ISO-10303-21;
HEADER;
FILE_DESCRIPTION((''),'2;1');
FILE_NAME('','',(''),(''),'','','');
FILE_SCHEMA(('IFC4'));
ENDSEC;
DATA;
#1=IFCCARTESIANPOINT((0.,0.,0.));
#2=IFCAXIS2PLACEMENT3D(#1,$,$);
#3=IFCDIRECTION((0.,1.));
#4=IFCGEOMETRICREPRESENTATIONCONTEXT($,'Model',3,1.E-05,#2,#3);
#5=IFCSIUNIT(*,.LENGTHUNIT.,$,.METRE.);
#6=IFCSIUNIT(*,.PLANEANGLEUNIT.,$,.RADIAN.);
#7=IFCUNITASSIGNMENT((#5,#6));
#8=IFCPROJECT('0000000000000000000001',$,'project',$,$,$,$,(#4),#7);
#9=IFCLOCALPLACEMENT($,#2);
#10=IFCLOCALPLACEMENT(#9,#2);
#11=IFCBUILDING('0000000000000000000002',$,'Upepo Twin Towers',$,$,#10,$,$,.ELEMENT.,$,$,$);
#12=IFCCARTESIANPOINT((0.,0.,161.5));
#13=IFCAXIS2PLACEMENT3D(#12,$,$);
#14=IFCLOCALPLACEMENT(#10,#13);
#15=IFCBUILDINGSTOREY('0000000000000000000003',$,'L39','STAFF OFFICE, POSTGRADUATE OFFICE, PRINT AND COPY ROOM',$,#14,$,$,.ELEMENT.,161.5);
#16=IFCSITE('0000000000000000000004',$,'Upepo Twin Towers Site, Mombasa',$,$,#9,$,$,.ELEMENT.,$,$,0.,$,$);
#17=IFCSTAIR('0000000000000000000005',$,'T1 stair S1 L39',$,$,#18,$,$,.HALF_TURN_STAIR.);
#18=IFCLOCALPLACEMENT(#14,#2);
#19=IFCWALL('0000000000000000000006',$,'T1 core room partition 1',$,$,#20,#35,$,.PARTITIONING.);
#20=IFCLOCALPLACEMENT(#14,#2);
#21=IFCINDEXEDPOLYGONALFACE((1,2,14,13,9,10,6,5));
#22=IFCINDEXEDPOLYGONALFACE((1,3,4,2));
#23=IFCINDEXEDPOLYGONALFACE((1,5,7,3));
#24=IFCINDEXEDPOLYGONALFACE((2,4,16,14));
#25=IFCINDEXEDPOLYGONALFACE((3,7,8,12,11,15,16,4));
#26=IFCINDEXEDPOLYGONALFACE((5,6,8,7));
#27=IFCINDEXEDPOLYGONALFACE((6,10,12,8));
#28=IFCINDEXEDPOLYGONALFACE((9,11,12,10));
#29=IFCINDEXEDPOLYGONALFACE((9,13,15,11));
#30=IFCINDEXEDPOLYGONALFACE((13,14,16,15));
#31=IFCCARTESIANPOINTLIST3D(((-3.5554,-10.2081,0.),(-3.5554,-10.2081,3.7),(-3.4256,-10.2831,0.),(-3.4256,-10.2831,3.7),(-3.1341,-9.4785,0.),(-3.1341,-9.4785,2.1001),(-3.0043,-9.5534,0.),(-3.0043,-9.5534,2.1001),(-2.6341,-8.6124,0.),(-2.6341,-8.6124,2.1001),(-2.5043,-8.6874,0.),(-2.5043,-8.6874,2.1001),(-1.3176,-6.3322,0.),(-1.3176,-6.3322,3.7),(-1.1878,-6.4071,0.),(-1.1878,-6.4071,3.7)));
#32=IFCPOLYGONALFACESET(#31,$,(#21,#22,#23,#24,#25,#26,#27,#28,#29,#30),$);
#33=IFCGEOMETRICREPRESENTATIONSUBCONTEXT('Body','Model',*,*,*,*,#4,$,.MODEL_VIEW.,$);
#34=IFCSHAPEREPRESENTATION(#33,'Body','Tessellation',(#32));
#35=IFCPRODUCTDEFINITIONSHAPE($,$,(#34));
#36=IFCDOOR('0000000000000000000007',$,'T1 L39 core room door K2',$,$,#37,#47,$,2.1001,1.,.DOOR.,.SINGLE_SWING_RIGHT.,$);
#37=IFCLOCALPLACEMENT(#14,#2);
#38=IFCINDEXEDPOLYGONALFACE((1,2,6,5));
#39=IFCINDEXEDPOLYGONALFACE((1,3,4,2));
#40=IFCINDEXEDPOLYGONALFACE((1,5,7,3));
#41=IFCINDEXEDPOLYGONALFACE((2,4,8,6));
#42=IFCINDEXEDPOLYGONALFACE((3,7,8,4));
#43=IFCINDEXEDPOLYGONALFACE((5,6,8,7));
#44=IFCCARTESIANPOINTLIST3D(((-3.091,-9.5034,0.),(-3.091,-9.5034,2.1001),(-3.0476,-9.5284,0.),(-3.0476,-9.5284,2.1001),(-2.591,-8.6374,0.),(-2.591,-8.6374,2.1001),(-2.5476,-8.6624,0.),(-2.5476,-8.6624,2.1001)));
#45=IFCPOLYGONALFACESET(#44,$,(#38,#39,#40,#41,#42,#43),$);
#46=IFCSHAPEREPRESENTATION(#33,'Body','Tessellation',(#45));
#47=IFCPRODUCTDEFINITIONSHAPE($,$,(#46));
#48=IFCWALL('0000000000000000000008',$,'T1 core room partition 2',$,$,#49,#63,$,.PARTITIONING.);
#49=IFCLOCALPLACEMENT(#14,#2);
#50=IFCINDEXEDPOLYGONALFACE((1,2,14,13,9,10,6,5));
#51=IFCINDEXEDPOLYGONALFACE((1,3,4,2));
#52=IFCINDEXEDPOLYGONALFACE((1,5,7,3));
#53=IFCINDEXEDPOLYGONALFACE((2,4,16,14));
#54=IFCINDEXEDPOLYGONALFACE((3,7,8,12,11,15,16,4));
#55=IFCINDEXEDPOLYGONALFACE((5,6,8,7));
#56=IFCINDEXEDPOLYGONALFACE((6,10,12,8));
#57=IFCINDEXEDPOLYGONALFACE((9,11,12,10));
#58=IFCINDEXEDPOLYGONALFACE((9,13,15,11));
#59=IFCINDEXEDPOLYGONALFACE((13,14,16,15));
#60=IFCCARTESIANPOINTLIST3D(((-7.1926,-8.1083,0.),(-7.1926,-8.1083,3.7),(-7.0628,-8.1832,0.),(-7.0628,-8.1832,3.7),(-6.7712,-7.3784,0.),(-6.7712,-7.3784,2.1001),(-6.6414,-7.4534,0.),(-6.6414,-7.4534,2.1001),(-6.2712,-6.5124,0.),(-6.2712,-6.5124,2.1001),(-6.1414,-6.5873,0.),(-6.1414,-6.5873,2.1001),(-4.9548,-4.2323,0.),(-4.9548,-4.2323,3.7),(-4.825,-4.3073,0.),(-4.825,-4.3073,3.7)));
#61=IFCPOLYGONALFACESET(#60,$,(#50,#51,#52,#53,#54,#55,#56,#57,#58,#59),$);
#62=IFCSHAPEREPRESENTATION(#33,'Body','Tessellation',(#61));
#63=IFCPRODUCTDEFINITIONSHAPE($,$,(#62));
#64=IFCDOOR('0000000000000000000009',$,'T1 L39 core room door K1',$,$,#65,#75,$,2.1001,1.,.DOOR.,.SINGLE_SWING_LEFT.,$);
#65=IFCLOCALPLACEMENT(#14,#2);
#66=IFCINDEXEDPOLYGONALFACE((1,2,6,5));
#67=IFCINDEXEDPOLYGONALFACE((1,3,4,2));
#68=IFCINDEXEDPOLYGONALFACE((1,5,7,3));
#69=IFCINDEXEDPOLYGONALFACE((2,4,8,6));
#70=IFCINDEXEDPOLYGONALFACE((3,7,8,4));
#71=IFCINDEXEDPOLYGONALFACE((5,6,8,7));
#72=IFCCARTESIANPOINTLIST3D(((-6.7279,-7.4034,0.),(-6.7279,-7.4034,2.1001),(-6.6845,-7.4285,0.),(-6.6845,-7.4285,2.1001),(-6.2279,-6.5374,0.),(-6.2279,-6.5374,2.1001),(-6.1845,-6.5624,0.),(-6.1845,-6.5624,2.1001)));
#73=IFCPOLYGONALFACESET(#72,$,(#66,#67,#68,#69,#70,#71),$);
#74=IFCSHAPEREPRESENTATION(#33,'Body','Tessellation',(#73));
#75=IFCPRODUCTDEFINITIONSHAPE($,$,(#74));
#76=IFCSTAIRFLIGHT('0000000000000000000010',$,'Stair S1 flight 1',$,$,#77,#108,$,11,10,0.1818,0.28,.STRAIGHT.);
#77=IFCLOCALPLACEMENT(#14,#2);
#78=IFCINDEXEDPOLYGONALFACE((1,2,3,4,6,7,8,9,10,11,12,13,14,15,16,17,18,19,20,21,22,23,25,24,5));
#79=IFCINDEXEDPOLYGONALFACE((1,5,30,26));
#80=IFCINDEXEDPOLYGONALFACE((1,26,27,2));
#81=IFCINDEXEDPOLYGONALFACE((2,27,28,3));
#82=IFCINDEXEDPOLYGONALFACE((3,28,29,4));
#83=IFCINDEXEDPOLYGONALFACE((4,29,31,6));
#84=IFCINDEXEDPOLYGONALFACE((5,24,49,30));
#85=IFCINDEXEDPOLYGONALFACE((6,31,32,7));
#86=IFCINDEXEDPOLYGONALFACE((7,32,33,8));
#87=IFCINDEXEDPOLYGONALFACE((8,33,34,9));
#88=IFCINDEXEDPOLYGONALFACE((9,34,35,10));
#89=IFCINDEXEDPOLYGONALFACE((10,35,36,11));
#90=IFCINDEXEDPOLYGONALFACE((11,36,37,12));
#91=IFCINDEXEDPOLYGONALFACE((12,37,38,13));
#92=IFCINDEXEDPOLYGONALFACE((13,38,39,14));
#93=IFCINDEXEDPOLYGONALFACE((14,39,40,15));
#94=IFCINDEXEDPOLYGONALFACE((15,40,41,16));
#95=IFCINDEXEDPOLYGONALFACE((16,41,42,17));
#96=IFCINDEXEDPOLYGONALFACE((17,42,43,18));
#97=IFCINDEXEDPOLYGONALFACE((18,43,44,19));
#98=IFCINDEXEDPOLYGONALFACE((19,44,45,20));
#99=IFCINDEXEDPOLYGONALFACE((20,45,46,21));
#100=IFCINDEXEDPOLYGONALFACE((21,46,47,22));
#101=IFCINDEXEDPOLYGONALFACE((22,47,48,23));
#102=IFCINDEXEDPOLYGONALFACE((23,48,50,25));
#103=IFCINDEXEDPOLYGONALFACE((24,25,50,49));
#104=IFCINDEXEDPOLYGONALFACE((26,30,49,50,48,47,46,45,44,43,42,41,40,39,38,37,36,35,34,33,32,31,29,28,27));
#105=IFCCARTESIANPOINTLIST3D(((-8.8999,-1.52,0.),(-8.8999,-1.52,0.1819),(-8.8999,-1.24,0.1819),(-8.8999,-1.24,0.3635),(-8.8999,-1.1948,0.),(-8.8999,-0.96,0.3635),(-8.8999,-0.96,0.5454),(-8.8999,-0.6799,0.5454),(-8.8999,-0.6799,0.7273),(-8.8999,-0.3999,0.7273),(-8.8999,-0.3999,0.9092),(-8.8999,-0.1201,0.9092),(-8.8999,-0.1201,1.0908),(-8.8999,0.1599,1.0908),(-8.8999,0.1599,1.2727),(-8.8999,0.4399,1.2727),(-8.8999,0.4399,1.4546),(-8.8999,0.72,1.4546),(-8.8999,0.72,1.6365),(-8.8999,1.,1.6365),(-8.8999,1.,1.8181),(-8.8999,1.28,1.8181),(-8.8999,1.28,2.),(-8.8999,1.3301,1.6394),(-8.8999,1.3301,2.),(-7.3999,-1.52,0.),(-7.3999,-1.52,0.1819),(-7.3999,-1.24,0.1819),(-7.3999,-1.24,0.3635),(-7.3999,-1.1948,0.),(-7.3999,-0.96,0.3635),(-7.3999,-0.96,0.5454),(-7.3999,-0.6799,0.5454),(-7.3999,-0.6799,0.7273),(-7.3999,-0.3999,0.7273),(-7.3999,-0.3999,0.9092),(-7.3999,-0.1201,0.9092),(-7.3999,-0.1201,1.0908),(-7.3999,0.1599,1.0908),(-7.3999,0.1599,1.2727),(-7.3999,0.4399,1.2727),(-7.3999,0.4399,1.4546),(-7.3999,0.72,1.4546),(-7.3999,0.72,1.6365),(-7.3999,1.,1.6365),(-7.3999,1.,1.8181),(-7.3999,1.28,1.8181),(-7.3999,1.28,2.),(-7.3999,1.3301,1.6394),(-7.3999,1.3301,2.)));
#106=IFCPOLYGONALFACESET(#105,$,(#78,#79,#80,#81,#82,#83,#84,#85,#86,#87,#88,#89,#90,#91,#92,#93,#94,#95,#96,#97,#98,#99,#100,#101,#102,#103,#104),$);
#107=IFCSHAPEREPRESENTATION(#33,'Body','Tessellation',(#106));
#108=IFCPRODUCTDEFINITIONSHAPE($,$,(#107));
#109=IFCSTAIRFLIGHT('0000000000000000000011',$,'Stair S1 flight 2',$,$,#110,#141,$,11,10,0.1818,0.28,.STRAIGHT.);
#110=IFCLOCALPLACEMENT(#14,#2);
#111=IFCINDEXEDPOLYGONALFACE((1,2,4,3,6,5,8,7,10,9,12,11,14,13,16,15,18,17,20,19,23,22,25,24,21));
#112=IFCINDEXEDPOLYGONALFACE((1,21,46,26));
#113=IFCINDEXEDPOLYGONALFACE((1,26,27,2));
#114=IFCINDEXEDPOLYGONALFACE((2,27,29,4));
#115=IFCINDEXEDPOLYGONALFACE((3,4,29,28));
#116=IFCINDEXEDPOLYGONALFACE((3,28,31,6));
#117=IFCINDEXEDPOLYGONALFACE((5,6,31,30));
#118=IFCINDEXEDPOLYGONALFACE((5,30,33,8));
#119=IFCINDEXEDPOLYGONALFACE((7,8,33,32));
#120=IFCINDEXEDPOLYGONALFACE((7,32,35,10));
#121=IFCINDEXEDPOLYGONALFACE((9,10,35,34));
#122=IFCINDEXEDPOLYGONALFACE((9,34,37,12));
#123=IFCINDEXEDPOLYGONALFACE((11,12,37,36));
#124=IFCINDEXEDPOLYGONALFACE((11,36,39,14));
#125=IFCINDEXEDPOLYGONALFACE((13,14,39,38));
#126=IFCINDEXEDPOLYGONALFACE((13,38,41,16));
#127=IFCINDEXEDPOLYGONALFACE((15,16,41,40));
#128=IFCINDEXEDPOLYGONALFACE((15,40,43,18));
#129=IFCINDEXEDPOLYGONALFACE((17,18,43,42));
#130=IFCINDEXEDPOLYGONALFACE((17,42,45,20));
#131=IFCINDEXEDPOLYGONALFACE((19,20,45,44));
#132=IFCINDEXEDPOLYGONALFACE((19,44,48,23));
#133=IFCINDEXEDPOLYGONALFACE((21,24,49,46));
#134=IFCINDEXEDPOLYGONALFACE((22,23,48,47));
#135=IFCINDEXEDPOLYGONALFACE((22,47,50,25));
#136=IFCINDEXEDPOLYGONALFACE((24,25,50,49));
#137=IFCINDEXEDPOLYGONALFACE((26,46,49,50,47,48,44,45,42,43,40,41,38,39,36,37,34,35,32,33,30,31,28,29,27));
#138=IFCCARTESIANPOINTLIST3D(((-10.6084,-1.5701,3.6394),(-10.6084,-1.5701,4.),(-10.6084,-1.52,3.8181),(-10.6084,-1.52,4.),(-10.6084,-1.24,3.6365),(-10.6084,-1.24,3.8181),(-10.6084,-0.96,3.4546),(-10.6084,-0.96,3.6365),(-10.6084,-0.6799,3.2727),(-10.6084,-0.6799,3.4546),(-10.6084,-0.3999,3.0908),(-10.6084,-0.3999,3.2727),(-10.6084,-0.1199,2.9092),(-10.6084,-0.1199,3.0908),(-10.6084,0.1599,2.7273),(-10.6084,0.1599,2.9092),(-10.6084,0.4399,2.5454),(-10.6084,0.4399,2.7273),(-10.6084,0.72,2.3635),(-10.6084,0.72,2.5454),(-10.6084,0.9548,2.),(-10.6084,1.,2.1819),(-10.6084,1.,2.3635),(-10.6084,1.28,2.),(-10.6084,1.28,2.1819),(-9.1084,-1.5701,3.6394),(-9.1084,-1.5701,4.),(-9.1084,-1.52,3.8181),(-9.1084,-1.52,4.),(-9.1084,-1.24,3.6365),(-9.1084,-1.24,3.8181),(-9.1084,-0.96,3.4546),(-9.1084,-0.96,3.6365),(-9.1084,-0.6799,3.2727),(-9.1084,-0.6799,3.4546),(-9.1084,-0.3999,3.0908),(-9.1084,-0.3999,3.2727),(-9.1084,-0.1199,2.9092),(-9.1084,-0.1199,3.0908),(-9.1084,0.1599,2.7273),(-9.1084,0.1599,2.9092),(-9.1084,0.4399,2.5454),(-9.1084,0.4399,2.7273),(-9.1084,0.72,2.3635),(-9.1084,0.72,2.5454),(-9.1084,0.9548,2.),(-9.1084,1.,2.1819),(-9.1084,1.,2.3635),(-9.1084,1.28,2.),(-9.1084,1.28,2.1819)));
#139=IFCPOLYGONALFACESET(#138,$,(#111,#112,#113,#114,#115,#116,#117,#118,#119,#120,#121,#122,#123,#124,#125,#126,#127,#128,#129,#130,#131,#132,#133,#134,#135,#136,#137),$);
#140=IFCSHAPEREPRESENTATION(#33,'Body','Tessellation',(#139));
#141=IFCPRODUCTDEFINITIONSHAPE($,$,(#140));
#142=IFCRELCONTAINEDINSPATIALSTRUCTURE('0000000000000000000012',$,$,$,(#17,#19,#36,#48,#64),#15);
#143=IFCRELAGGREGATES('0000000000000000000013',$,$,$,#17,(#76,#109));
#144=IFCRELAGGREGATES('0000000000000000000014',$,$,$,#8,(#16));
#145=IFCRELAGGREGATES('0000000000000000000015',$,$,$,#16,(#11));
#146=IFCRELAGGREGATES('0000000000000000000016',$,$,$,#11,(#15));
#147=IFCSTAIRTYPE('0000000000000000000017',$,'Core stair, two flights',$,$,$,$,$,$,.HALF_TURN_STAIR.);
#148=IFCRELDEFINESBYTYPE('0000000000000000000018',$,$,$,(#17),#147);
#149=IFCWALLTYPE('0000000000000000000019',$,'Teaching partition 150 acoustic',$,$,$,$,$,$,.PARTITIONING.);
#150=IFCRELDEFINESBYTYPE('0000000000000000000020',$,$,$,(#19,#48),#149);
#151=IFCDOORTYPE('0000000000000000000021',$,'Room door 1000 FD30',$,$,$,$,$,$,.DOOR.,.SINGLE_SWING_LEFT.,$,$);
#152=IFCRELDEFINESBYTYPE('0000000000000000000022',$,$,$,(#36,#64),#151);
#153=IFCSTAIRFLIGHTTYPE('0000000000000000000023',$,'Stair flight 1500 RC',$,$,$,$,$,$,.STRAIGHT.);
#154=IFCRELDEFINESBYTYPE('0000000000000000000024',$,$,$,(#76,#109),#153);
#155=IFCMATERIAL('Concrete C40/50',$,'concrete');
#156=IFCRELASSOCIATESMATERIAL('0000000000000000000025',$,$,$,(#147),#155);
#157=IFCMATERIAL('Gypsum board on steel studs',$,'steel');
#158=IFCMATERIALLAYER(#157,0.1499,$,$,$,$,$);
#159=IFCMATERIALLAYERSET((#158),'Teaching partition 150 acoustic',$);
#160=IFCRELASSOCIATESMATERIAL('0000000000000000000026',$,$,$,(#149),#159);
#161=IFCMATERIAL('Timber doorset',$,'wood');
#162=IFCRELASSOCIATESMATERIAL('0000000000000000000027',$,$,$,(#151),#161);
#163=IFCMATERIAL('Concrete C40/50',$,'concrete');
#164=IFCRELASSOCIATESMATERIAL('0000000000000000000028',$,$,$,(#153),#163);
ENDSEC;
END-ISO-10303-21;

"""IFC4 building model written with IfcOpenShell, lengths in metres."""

from ifc_helpers import new_model, si_unit, direction, frame, frame_2d, origin, place, context, subcontext, project, spatial, polyline, rectangle, outline, extrude, material, layer, layer_set, type_object, element, fill, aggregate, save


model = new_model("IFC4")

# Units and contexts
model_context = context("Model", 3, precision=1e-05, world=origin(), true_north=direction((0.0, 1.0)))
body_context = subcontext(model_context, "Body", "Model", "MODEL_VIEW")
ifc_project = project(units=[si_unit("LENGTHUNIT", "METRE"), si_unit("PLANEANGLEUNIT", "RADIAN")], contexts=[model_context])

# Site, building, storey
site_placement = place(None, origin())
site = spatial("IfcSite", under=ifc_project, at=site_placement, Name="Upepo Twin Towers Site, Mombasa", CompositionType="ELEMENT", RefElevation=0.0)
building_placement = place(site_placement, origin())
building = spatial("IfcBuilding", under=site, at=building_placement, Name="Upepo Twin Towers", CompositionType="ELEMENT")
storey_placement = place(building_placement, frame((0.0, 0.0, 161.5)))
storey = spatial("IfcBuildingStorey", under=building, at=storey_placement, Name="L39", Description="STAFF OFFICE, POSTGRADUATE OFFICE, PRINT AND COPY ROOM", CompositionType="ELEMENT", Elevation=161.5)

# Stair
ifc_material_1 = material(Name="Concrete C40/50", Category="concrete")
stair_type = type_object("IfcStairType", Name="Core stair, two flights", PredefinedType="HALF_TURN_STAIR", material=ifc_material_1)
stair_placement = place(storey_placement, origin())
stair = element("IfcStair", 1, at=stair_placement, inside=storey, type_object=stair_type, Name="T1 stair S1 L39", PredefinedType="HALF_TURN_STAIR")

# Walls, openings, doors
ifc_material_2 = material(Name="Gypsum board on steel studs", Category="steel")
ifc_layer_1 = layer(ifc_material_2, 0.1499)
ifc_layer_set_1 = layer_set([ifc_layer_1], Name="Teaching partition 150 acoustic")
wall_type_1 = type_object("IfcWallType", Name="Teaching partition 150 acoustic", PredefinedType="PARTITIONING", material=ifc_layer_set_1)
wall_1_placement = place(storey_placement, frame((-1.2527, -6.3696, 0.0), z_axis=(0.0, 0.0, 1.0), x_axis=(-0.499999, -0.866026, 0.0)))
wall_1 = element("IfcWall", 2, at=wall_1_placement, inside=storey, type_object=wall_type_1, Name="T1 core room partition 1", PredefinedType="PARTITIONING", context=body_context, shape_type="SweptSolid", body=[
    extrude(rectangle(XDim=4.4756, YDim=0.1499, at=frame_2d((2.2378, 0.0))), origin(), (0.0, 0.0, 1.0), 3.7),
])
opening_1_placement = place(wall_1_placement, frame((2.6331, 0.0, 0.0)))
opening_1 = element("IfcOpeningElement", 3, at=opening_1_placement, cuts=wall_1, PredefinedType="OPENING", context=body_context, shape_type="SweptSolid", body=[
    extrude(rectangle(XDim=1.0, YDim=2.1001, at=frame_2d((0.5, 1.05))), frame((0.0, 0.085, 0.0), z_axis=(0.0, -1.0, 0.0), x_axis=(1.0, 0.0, 0.0)), (0.0, 0.0, 1.0), 0.1699),
])
ifc_material_3 = material(Name="Timber doorset", Category="wood")
door_type_1 = type_object("IfcDoorType", Name="Room door 1000 FD30", OperationType="SINGLE_SWING_LEFT", PredefinedType="DOOR", material=ifc_material_3)
door_1_placement = place(opening_1_placement, origin())
door_1 = element("IfcDoor", 4, at=door_1_placement, inside=storey, type_object=door_type_1, Name="T1 L39 core room door K2", OperationType="SINGLE_SWING_RIGHT", OverallHeight=2.1001, OverallWidth=1.0, PredefinedType="DOOR", context=body_context, shape_type="SweptSolid", body=[
    extrude(rectangle(XDim=1.0, YDim=2.1001, at=frame_2d((0.5, 1.05))), frame((0.0, 0.0249, 0.0), z_axis=(0.0, -1.0, 0.0), x_axis=(1.0, 0.0, 0.0)), (0.0, 0.0, 1.0), 0.05),
])
fill(opening_1, door_1)
wall_2_placement = place(storey_placement, frame((-7.1277, -8.1458, 0.0), z_axis=(0.0, 0.0, 1.0), x_axis=(0.499999, 0.866026, 0.0)))
wall_2 = element("IfcWall", 5, at=wall_2_placement, inside=storey, type_object=wall_type_1, Name="T1 core room partition 2", PredefinedType="PARTITIONING", context=body_context, shape_type="SweptSolid", body=[
    extrude(rectangle(XDim=4.4756, YDim=0.1499, at=frame_2d((2.2378, 0.0))), origin(), (0.0, 0.0, 1.0), 3.7),
])
opening_2_placement = place(wall_2_placement, frame((0.8428, 0.0, 0.0)))
opening_2 = element("IfcOpeningElement", 6, at=opening_2_placement, cuts=wall_2, PredefinedType="OPENING", context=body_context, shape_type="SweptSolid", body=[
    extrude(rectangle(XDim=1.0, YDim=2.1001, at=frame_2d((0.5, 1.05))), frame((0.0, 0.085, 0.0), z_axis=(0.0, -1.0, 0.0), x_axis=(1.0, 0.0, 0.0)), (0.0, 0.0, 1.0), 0.1699),
])
door_2_placement = place(opening_2_placement, origin())
door_2 = element("IfcDoor", 7, at=door_2_placement, inside=storey, type_object=door_type_1, Name="T1 L39 core room door K1", OperationType="SINGLE_SWING_LEFT", OverallHeight=2.1001, OverallWidth=1.0, PredefinedType="DOOR", context=body_context, shape_type="SweptSolid", body=[
    extrude(rectangle(XDim=1.0, YDim=2.1001, at=frame_2d((0.5, 1.05))), frame((0.0, 0.0249, 0.0), z_axis=(0.0, -1.0, 0.0), x_axis=(1.0, 0.0, 0.0)), (0.0, 0.0, 1.0), 0.05),
])
fill(opening_2, door_2)

# Stair flights
ifc_material_4 = material(Name="Concrete C40/50", Category="concrete")
stair_flight_type = type_object("IfcStairFlightType", Name="Stair flight 1500 RC", PredefinedType="STRAIGHT", material=ifc_material_4)
stair_flight_1_placement = place(storey_placement, frame((-8.1499, -1.52, 0.0), z_axis=(0.0, 0.0, 1.0), x_axis=(0.0, 1.0, 0.0)))
stair_flight_1 = element("IfcStairFlight", 8, at=stair_flight_1_placement, type_object=stair_flight_type, Name="Stair S1 flight 1", NumberOfRisers=11, NumberOfTreads=10, PredefinedType="STRAIGHT", RiserHeight=0.1818, TreadLength=0.28, context=body_context, shape_type="SweptSolid", body=[
    extrude(outline(polyline([(0.0, 0.0), (0.0, 0.1819), (0.28, 0.1819), (0.28, 0.3635), (0.5601, 0.3635), (0.5601, 0.5454), (0.8401, 0.5454), (0.8401, 0.7273), (1.1201, 0.7273), (1.1201, 0.9092), (1.3999, 0.9092), (1.3999, 1.0908), (1.6799, 1.0908), (1.6799, 1.2727), (1.96, 1.2727), (1.96, 1.4546), (2.24, 1.4546), (2.24, 1.6365), (2.52, 1.6365), (2.52, 1.8181), (2.8, 1.8181), (2.8, 2.0), (2.8501, 2.0), (2.8501, 1.6394), (0.3252, 0.0), (0.0, 0.0)])), frame((0.0, 0.75, 0.0), z_axis=(0.0, -1.0, 0.0), x_axis=(1.0, 0.0, 0.0)), (0.0, 0.0, 1.0), 1.5),
])
stair_flight_2_placement = place(storey_placement, frame((-9.8584, 1.28, 2.0), z_axis=(0.0, 0.0, 1.0), x_axis=(0.0, -1.0, 0.0)))
stair_flight_2 = element("IfcStairFlight", 9, at=stair_flight_2_placement, type_object=stair_flight_type, Name="Stair S1 flight 2", NumberOfRisers=11, NumberOfTreads=10, PredefinedType="STRAIGHT", RiserHeight=0.1818, TreadLength=0.28, context=body_context, shape_type="SweptSolid", body=[
    extrude(outline(polyline([(0.0, 0.0), (0.0, 0.1819), (0.28, 0.1819), (0.28, 0.3635), (0.5601, 0.3635), (0.5601, 0.5454), (0.8401, 0.5454), (0.8401, 0.7273), (1.1201, 0.7273), (1.1201, 0.9092), (1.3999, 0.9092), (1.3999, 1.0908), (1.6799, 1.0908), (1.6799, 1.2727), (1.96, 1.2727), (1.96, 1.4546), (2.24, 1.4546), (2.24, 1.6365), (2.52, 1.6365), (2.52, 1.8181), (2.8, 1.8181), (2.8, 2.0), (2.8501, 2.0), (2.8501, 1.6394), (0.3252, 0.0), (0.0, 0.0)])), frame((0.0, 0.75, 0.0), z_axis=(0.0, -1.0, 0.0), x_axis=(1.0, 0.0, 0.0)), (0.0, 0.0, 1.0), 1.5),
])
aggregate(stair, [stair_flight_1, stair_flight_2])

save(model, "model.ifc")
